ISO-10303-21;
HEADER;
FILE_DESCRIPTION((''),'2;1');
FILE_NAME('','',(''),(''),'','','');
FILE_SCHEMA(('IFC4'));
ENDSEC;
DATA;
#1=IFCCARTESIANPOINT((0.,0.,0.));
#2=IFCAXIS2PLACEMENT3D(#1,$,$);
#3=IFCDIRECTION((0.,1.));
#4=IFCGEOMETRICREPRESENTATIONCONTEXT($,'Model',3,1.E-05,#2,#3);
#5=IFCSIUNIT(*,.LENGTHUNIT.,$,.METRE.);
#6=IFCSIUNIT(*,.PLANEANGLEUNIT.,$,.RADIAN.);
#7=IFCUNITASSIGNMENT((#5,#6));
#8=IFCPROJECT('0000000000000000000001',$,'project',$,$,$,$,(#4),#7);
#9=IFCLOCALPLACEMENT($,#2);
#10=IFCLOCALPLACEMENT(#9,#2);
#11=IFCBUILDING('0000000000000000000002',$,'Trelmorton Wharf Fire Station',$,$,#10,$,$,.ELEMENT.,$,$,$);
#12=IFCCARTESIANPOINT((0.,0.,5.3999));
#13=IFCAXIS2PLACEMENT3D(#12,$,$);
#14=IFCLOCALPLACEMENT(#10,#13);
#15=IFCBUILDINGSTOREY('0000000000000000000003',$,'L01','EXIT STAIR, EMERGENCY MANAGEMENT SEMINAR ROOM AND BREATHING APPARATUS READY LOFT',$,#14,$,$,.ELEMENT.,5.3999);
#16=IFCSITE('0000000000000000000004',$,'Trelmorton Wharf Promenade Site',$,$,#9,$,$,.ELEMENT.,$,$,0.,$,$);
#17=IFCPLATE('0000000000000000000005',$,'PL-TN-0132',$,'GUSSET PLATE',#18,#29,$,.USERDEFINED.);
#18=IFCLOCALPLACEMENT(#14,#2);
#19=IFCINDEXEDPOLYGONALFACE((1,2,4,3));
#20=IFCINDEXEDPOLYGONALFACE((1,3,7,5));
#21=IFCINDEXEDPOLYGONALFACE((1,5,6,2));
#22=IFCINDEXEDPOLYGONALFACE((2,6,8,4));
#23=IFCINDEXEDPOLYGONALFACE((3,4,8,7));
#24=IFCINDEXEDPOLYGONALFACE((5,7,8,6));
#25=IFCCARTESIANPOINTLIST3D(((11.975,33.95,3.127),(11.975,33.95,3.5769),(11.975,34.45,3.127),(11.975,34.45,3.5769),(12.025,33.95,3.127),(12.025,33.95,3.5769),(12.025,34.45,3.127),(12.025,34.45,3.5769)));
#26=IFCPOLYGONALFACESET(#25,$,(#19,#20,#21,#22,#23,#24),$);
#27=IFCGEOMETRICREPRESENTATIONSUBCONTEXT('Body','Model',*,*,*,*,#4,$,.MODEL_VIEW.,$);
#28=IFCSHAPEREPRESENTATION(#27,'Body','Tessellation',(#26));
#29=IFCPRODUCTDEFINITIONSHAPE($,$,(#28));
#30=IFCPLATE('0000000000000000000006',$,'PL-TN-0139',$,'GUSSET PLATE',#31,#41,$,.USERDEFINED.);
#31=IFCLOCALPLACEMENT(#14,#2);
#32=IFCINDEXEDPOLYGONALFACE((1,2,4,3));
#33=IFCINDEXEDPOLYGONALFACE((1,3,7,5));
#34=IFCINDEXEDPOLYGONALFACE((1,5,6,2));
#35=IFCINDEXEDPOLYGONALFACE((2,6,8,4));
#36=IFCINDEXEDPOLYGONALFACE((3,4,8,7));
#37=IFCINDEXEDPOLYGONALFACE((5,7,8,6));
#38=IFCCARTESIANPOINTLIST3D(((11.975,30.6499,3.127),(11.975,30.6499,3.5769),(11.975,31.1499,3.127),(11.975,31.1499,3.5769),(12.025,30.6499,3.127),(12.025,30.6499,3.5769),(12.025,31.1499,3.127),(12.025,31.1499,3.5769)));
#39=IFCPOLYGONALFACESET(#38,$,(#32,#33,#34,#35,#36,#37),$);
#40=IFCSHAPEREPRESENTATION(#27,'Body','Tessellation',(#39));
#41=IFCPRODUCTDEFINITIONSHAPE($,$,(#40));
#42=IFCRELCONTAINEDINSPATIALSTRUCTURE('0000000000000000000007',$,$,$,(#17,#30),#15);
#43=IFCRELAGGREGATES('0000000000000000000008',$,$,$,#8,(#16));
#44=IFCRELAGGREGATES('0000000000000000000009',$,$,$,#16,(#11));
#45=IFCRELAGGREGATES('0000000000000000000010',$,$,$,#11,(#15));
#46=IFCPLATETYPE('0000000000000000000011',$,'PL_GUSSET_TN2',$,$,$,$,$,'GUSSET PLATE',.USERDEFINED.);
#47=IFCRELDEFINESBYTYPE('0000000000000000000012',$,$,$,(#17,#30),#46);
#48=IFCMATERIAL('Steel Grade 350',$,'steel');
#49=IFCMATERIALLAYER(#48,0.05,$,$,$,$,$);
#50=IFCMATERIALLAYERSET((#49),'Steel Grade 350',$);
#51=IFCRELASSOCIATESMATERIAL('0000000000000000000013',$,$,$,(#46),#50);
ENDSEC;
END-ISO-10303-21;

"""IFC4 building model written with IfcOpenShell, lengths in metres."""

from ifc_helpers import new_model, si_unit, direction, frame, origin, origin_2d, place, context, subcontext, project, spatial, rectangle, extrude, material, layer, layer_set, type_object, element, save


model = new_model("IFC4")

# Units and contexts
model_context = context("Model", 3, precision=1e-05, world=origin(), true_north=direction((0.0, 1.0)))
body_context = subcontext(model_context, "Body", "Model", "MODEL_VIEW")
ifc_project = project(units=[si_unit("LENGTHUNIT", "METRE"), si_unit("PLANEANGLEUNIT", "RADIAN")], contexts=[model_context])

# Site, building, storey
site_placement = place(None, origin())
site = spatial("IfcSite", under=ifc_project, at=site_placement, Name="Trelmorton Wharf Promenade Site", CompositionType="ELEMENT", RefElevation=0.0)
building_placement = place(site_placement, origin())
building = spatial("IfcBuilding", under=site, at=building_placement, Name="Trelmorton Wharf Fire Station", CompositionType="ELEMENT")
storey_placement = place(building_placement, frame((0.0, 0.0, 5.3999)))
storey = spatial("IfcBuildingStorey", under=building, at=storey_placement, Name="L01", Description="EXIT STAIR, EMERGENCY MANAGEMENT SEMINAR ROOM AND BREATHING APPARATUS READY LOFT", CompositionType="ELEMENT", Elevation=5.3999)

# Shared definitions
ifc_material_1 = material(Name="Steel Grade 350", Category="steel")

# Plates
ifc_layer_1 = layer(ifc_material_1, 0.05)
ifc_layer_set_1 = layer_set([ifc_layer_1], Name="Steel Grade 350")
plate_type_1 = type_object("IfcPlateType", Name="PL_GUSSET_TN2", ElementType="GUSSET PLATE", PredefinedType="USERDEFINED", material=ifc_layer_set_1)
for number, where, z_axis, x_axis, name in (
    (1, (12.0, 34.2, 3.127), (0.0, 0.0, 1.0), (1.0, 0.0, 0.0), "PL-TN-0132"),
    (2, (12.0, 30.8999, 3.127), (0.0, 0.0, 1.0), (1.0, 0.0, 0.0), "PL-TN-0139"),
):
    element("IfcPlate", number, at=place(storey_placement, frame(where, z_axis=z_axis, x_axis=x_axis)), inside=storey, type_object=plate_type_1, Name=name, ObjectType="GUSSET PLATE", PredefinedType="USERDEFINED", context=body_context, shape_type="SweptSolid", body=[
        extrude(rectangle(XDim=0.05, YDim=0.5, at=origin_2d()), origin(), (0.0, 0.0, 1.0), 0.45),
    ])

save(model, "model.ifc")
